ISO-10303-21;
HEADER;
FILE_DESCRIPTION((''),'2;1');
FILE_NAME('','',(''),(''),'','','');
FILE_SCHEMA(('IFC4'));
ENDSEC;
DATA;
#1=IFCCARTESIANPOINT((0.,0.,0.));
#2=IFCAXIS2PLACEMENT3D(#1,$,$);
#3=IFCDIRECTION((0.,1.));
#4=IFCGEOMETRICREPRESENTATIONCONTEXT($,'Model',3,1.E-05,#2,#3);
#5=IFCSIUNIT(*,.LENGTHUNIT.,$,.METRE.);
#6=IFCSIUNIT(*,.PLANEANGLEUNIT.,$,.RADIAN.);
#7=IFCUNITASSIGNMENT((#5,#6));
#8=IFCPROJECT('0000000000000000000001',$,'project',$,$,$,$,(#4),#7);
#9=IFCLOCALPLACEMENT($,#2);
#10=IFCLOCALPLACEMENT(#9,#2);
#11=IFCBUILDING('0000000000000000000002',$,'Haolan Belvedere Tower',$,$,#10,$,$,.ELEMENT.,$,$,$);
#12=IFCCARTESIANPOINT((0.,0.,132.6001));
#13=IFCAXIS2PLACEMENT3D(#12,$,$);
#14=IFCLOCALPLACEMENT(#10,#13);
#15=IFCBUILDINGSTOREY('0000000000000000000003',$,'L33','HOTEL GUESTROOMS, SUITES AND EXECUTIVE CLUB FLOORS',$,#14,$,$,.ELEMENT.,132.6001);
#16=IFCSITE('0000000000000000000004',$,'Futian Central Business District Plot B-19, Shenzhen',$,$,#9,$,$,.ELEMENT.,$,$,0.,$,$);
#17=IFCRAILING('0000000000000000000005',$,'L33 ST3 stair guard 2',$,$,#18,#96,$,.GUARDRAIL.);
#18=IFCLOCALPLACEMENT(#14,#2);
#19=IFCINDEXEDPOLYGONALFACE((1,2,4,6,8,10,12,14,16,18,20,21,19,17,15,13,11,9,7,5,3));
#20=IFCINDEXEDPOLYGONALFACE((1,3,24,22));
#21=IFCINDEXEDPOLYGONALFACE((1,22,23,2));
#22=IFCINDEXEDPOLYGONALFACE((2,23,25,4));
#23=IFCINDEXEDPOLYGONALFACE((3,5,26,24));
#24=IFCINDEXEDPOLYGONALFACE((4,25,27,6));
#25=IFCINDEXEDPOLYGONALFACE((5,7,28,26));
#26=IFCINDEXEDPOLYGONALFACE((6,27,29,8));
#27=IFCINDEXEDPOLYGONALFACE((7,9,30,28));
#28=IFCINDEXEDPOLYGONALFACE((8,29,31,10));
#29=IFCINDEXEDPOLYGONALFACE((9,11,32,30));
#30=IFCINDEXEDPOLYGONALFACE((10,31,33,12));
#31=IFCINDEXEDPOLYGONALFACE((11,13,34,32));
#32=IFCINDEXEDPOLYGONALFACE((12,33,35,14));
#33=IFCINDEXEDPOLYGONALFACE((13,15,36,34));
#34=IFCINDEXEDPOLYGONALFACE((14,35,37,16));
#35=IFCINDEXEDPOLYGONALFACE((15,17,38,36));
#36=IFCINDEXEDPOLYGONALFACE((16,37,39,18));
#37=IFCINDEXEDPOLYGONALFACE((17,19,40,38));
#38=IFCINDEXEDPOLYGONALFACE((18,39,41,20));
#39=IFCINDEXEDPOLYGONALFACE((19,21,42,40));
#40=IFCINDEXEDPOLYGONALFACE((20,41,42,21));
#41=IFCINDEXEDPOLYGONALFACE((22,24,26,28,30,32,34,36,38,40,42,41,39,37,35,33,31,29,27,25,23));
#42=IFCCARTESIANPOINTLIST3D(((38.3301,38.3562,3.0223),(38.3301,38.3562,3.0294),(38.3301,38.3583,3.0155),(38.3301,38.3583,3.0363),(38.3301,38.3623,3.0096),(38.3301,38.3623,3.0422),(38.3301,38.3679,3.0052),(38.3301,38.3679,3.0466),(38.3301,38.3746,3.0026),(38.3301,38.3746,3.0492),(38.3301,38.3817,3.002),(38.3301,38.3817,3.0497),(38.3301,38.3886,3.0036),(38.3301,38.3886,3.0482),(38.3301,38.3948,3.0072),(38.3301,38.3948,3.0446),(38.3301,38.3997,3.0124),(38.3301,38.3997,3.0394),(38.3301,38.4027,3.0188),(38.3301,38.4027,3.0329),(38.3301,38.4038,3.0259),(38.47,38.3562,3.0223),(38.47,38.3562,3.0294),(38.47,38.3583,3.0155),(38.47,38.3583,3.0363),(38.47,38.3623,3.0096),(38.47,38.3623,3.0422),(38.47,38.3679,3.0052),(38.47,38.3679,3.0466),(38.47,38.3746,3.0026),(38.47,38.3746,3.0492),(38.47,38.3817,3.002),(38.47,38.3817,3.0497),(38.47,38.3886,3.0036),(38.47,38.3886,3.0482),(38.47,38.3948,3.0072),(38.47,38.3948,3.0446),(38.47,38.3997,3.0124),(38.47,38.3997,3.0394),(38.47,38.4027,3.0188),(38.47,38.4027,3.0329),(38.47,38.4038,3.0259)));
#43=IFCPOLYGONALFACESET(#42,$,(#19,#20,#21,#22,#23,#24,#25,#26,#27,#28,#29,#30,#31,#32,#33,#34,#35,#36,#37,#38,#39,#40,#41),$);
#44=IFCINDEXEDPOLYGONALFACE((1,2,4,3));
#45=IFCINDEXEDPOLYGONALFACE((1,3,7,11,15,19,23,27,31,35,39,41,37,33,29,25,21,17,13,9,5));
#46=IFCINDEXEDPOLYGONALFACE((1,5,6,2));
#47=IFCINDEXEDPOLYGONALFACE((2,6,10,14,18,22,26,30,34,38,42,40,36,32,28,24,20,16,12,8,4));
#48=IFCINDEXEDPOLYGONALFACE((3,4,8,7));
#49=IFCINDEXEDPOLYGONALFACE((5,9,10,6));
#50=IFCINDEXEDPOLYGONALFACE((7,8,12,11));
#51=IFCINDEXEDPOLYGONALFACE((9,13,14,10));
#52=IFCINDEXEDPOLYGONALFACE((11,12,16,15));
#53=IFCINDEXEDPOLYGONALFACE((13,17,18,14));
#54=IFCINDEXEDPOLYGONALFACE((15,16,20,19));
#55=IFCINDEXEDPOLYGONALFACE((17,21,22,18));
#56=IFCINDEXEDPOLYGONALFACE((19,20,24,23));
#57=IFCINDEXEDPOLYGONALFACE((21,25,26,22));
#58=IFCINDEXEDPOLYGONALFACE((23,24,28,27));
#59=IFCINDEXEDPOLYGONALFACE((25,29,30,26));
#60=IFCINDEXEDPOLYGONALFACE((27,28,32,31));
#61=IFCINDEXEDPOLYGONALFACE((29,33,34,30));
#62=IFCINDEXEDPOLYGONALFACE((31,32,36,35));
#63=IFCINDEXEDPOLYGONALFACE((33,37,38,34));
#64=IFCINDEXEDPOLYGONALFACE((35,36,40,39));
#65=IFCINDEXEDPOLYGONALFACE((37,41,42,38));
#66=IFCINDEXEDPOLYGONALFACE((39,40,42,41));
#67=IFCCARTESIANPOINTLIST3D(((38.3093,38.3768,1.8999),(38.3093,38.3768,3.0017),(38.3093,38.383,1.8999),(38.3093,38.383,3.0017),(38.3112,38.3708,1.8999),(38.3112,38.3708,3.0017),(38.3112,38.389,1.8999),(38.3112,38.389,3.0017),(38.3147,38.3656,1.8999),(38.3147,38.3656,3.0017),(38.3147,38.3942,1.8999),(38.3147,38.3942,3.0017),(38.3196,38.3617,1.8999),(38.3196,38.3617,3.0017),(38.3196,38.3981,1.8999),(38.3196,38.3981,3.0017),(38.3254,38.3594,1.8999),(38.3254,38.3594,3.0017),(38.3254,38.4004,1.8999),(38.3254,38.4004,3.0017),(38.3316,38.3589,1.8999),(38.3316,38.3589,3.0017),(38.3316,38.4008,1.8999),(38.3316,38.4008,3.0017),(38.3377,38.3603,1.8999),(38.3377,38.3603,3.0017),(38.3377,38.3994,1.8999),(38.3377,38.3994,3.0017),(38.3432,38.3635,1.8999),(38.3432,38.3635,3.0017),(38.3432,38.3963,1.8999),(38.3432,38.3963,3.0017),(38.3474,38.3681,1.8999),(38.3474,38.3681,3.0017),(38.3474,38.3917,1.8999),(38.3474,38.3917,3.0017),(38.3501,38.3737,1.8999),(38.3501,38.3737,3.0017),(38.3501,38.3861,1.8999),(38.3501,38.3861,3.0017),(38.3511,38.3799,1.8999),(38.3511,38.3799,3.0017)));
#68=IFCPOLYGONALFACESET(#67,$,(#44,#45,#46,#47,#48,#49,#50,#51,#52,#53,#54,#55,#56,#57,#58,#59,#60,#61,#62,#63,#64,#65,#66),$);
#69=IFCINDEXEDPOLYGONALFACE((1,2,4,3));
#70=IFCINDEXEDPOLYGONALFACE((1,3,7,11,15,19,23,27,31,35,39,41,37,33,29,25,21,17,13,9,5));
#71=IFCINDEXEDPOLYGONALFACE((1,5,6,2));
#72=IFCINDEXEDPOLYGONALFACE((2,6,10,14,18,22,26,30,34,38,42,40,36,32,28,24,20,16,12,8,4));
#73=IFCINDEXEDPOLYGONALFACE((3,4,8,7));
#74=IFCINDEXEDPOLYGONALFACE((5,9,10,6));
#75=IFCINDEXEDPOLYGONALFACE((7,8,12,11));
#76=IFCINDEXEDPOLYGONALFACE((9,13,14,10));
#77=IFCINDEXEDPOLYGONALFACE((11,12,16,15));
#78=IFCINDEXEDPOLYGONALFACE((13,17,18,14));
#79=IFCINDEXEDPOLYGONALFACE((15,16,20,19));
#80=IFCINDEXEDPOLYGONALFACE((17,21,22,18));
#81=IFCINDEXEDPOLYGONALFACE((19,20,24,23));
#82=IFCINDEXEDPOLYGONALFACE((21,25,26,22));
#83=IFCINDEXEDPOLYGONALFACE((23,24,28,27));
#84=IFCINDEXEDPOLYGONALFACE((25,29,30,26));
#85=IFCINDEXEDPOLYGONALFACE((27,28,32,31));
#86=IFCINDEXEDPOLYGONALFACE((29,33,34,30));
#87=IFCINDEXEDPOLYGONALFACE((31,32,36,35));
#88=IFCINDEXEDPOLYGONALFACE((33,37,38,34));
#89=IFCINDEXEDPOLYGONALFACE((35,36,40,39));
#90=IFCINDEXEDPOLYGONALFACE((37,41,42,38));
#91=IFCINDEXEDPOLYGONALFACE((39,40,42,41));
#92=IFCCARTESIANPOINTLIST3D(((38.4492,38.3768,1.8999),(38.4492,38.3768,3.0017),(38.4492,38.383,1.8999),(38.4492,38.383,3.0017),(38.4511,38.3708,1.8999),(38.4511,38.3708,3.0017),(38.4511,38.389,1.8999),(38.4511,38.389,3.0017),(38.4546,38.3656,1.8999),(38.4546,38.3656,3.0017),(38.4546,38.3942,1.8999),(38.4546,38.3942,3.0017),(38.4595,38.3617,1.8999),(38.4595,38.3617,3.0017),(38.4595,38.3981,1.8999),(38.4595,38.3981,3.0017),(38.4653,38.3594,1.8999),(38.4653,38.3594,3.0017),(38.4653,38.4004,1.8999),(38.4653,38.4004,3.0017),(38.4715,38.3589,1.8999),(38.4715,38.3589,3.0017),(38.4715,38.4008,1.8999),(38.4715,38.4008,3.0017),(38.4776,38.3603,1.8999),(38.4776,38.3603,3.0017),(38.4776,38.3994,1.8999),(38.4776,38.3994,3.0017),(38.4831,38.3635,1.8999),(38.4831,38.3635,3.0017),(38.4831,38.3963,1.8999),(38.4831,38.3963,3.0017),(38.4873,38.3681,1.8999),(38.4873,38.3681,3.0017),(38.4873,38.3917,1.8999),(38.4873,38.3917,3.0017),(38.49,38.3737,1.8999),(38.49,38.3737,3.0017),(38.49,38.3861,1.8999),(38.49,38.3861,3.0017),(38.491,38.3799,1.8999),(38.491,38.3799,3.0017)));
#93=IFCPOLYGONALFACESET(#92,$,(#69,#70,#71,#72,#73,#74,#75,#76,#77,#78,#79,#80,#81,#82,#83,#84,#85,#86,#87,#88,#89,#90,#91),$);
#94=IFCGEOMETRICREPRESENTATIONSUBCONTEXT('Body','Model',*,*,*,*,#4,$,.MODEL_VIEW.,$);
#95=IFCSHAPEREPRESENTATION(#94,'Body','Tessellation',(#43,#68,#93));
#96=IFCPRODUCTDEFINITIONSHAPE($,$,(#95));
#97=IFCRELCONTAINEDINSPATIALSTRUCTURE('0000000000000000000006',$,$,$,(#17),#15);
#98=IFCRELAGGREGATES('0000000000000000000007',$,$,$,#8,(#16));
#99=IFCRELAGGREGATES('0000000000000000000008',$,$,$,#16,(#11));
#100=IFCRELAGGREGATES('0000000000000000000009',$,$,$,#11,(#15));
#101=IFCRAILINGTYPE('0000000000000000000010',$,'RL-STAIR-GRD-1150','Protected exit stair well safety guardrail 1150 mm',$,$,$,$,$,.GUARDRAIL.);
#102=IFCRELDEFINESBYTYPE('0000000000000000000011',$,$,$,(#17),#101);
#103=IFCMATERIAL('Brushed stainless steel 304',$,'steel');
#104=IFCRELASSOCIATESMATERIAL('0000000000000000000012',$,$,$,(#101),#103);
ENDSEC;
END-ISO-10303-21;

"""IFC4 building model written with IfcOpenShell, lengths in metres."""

from ifc_helpers import new_model, si_unit, direction, frame, origin, origin_2d, place, context, subcontext, project, spatial, circle, extrude, material, type_object, element, save


model = new_model("IFC4")

# Units and contexts
model_context = context("Model", 3, precision=1e-05, world=origin(), true_north=direction((0.0, 1.0)))
body_context = subcontext(model_context, "Body", "Model", "MODEL_VIEW")
ifc_project = project(units=[si_unit("LENGTHUNIT", "METRE"), si_unit("PLANEANGLEUNIT", "RADIAN")], contexts=[model_context])

# Site, building, storey
site_placement = place(None, origin())
site = spatial("IfcSite", under=ifc_project, at=site_placement, Name="Futian Central Business District Plot B-19, Shenzhen", CompositionType="ELEMENT", RefElevation=0.0)
building_placement = place(site_placement, origin())
building = spatial("IfcBuilding", under=site, at=building_placement, Name="Haolan Belvedere Tower", CompositionType="ELEMENT")
storey_placement = place(building_placement, frame((0.0, 0.0, 132.6001)))
storey = spatial("IfcBuildingStorey", under=building, at=storey_placement, Name="L33", Description="HOTEL GUESTROOMS, SUITES AND EXECUTIVE CLUB FLOORS", CompositionType="ELEMENT", Elevation=132.6001)

# Railing
ifc_material_1 = material(Name="Brushed stainless steel 304", Category="steel")
railing_type_1 = type_object("IfcRailingType", Name="RL-STAIR-GRD-1150", Description="Protected exit stair well safety guardrail 1150 mm", PredefinedType="GUARDRAIL", material=ifc_material_1)
railing_1_placement = place(storey_placement, frame((38.3301, 38.3799, 1.8999)))
element("IfcRailing", 1, at=railing_1_placement, inside=storey, type_object=railing_type_1, Name="L33 ST3 stair guard 2", PredefinedType="GUARDRAIL", context=body_context, shape_type="SweptSolid", body=[
    extrude(circle(Radius=0.0239, at=origin_2d()), frame((0.0, 0.0, 1.126), z_axis=(1.0, 0.0, 0.0), x_axis=(0.0, 1.0, 0.0)), (0.0, 0.0, 1.0), 0.1399),
    extrude(circle(Radius=0.021, at=origin_2d()), origin(), (0.0, 0.0, 1.0), 1.1018),
    extrude(circle(Radius=0.021, at=origin_2d()), frame((0.1399, 0.0, 0.0)), (0.0, 0.0, 1.0), 1.1018),
])

save(model, "model.ifc")
